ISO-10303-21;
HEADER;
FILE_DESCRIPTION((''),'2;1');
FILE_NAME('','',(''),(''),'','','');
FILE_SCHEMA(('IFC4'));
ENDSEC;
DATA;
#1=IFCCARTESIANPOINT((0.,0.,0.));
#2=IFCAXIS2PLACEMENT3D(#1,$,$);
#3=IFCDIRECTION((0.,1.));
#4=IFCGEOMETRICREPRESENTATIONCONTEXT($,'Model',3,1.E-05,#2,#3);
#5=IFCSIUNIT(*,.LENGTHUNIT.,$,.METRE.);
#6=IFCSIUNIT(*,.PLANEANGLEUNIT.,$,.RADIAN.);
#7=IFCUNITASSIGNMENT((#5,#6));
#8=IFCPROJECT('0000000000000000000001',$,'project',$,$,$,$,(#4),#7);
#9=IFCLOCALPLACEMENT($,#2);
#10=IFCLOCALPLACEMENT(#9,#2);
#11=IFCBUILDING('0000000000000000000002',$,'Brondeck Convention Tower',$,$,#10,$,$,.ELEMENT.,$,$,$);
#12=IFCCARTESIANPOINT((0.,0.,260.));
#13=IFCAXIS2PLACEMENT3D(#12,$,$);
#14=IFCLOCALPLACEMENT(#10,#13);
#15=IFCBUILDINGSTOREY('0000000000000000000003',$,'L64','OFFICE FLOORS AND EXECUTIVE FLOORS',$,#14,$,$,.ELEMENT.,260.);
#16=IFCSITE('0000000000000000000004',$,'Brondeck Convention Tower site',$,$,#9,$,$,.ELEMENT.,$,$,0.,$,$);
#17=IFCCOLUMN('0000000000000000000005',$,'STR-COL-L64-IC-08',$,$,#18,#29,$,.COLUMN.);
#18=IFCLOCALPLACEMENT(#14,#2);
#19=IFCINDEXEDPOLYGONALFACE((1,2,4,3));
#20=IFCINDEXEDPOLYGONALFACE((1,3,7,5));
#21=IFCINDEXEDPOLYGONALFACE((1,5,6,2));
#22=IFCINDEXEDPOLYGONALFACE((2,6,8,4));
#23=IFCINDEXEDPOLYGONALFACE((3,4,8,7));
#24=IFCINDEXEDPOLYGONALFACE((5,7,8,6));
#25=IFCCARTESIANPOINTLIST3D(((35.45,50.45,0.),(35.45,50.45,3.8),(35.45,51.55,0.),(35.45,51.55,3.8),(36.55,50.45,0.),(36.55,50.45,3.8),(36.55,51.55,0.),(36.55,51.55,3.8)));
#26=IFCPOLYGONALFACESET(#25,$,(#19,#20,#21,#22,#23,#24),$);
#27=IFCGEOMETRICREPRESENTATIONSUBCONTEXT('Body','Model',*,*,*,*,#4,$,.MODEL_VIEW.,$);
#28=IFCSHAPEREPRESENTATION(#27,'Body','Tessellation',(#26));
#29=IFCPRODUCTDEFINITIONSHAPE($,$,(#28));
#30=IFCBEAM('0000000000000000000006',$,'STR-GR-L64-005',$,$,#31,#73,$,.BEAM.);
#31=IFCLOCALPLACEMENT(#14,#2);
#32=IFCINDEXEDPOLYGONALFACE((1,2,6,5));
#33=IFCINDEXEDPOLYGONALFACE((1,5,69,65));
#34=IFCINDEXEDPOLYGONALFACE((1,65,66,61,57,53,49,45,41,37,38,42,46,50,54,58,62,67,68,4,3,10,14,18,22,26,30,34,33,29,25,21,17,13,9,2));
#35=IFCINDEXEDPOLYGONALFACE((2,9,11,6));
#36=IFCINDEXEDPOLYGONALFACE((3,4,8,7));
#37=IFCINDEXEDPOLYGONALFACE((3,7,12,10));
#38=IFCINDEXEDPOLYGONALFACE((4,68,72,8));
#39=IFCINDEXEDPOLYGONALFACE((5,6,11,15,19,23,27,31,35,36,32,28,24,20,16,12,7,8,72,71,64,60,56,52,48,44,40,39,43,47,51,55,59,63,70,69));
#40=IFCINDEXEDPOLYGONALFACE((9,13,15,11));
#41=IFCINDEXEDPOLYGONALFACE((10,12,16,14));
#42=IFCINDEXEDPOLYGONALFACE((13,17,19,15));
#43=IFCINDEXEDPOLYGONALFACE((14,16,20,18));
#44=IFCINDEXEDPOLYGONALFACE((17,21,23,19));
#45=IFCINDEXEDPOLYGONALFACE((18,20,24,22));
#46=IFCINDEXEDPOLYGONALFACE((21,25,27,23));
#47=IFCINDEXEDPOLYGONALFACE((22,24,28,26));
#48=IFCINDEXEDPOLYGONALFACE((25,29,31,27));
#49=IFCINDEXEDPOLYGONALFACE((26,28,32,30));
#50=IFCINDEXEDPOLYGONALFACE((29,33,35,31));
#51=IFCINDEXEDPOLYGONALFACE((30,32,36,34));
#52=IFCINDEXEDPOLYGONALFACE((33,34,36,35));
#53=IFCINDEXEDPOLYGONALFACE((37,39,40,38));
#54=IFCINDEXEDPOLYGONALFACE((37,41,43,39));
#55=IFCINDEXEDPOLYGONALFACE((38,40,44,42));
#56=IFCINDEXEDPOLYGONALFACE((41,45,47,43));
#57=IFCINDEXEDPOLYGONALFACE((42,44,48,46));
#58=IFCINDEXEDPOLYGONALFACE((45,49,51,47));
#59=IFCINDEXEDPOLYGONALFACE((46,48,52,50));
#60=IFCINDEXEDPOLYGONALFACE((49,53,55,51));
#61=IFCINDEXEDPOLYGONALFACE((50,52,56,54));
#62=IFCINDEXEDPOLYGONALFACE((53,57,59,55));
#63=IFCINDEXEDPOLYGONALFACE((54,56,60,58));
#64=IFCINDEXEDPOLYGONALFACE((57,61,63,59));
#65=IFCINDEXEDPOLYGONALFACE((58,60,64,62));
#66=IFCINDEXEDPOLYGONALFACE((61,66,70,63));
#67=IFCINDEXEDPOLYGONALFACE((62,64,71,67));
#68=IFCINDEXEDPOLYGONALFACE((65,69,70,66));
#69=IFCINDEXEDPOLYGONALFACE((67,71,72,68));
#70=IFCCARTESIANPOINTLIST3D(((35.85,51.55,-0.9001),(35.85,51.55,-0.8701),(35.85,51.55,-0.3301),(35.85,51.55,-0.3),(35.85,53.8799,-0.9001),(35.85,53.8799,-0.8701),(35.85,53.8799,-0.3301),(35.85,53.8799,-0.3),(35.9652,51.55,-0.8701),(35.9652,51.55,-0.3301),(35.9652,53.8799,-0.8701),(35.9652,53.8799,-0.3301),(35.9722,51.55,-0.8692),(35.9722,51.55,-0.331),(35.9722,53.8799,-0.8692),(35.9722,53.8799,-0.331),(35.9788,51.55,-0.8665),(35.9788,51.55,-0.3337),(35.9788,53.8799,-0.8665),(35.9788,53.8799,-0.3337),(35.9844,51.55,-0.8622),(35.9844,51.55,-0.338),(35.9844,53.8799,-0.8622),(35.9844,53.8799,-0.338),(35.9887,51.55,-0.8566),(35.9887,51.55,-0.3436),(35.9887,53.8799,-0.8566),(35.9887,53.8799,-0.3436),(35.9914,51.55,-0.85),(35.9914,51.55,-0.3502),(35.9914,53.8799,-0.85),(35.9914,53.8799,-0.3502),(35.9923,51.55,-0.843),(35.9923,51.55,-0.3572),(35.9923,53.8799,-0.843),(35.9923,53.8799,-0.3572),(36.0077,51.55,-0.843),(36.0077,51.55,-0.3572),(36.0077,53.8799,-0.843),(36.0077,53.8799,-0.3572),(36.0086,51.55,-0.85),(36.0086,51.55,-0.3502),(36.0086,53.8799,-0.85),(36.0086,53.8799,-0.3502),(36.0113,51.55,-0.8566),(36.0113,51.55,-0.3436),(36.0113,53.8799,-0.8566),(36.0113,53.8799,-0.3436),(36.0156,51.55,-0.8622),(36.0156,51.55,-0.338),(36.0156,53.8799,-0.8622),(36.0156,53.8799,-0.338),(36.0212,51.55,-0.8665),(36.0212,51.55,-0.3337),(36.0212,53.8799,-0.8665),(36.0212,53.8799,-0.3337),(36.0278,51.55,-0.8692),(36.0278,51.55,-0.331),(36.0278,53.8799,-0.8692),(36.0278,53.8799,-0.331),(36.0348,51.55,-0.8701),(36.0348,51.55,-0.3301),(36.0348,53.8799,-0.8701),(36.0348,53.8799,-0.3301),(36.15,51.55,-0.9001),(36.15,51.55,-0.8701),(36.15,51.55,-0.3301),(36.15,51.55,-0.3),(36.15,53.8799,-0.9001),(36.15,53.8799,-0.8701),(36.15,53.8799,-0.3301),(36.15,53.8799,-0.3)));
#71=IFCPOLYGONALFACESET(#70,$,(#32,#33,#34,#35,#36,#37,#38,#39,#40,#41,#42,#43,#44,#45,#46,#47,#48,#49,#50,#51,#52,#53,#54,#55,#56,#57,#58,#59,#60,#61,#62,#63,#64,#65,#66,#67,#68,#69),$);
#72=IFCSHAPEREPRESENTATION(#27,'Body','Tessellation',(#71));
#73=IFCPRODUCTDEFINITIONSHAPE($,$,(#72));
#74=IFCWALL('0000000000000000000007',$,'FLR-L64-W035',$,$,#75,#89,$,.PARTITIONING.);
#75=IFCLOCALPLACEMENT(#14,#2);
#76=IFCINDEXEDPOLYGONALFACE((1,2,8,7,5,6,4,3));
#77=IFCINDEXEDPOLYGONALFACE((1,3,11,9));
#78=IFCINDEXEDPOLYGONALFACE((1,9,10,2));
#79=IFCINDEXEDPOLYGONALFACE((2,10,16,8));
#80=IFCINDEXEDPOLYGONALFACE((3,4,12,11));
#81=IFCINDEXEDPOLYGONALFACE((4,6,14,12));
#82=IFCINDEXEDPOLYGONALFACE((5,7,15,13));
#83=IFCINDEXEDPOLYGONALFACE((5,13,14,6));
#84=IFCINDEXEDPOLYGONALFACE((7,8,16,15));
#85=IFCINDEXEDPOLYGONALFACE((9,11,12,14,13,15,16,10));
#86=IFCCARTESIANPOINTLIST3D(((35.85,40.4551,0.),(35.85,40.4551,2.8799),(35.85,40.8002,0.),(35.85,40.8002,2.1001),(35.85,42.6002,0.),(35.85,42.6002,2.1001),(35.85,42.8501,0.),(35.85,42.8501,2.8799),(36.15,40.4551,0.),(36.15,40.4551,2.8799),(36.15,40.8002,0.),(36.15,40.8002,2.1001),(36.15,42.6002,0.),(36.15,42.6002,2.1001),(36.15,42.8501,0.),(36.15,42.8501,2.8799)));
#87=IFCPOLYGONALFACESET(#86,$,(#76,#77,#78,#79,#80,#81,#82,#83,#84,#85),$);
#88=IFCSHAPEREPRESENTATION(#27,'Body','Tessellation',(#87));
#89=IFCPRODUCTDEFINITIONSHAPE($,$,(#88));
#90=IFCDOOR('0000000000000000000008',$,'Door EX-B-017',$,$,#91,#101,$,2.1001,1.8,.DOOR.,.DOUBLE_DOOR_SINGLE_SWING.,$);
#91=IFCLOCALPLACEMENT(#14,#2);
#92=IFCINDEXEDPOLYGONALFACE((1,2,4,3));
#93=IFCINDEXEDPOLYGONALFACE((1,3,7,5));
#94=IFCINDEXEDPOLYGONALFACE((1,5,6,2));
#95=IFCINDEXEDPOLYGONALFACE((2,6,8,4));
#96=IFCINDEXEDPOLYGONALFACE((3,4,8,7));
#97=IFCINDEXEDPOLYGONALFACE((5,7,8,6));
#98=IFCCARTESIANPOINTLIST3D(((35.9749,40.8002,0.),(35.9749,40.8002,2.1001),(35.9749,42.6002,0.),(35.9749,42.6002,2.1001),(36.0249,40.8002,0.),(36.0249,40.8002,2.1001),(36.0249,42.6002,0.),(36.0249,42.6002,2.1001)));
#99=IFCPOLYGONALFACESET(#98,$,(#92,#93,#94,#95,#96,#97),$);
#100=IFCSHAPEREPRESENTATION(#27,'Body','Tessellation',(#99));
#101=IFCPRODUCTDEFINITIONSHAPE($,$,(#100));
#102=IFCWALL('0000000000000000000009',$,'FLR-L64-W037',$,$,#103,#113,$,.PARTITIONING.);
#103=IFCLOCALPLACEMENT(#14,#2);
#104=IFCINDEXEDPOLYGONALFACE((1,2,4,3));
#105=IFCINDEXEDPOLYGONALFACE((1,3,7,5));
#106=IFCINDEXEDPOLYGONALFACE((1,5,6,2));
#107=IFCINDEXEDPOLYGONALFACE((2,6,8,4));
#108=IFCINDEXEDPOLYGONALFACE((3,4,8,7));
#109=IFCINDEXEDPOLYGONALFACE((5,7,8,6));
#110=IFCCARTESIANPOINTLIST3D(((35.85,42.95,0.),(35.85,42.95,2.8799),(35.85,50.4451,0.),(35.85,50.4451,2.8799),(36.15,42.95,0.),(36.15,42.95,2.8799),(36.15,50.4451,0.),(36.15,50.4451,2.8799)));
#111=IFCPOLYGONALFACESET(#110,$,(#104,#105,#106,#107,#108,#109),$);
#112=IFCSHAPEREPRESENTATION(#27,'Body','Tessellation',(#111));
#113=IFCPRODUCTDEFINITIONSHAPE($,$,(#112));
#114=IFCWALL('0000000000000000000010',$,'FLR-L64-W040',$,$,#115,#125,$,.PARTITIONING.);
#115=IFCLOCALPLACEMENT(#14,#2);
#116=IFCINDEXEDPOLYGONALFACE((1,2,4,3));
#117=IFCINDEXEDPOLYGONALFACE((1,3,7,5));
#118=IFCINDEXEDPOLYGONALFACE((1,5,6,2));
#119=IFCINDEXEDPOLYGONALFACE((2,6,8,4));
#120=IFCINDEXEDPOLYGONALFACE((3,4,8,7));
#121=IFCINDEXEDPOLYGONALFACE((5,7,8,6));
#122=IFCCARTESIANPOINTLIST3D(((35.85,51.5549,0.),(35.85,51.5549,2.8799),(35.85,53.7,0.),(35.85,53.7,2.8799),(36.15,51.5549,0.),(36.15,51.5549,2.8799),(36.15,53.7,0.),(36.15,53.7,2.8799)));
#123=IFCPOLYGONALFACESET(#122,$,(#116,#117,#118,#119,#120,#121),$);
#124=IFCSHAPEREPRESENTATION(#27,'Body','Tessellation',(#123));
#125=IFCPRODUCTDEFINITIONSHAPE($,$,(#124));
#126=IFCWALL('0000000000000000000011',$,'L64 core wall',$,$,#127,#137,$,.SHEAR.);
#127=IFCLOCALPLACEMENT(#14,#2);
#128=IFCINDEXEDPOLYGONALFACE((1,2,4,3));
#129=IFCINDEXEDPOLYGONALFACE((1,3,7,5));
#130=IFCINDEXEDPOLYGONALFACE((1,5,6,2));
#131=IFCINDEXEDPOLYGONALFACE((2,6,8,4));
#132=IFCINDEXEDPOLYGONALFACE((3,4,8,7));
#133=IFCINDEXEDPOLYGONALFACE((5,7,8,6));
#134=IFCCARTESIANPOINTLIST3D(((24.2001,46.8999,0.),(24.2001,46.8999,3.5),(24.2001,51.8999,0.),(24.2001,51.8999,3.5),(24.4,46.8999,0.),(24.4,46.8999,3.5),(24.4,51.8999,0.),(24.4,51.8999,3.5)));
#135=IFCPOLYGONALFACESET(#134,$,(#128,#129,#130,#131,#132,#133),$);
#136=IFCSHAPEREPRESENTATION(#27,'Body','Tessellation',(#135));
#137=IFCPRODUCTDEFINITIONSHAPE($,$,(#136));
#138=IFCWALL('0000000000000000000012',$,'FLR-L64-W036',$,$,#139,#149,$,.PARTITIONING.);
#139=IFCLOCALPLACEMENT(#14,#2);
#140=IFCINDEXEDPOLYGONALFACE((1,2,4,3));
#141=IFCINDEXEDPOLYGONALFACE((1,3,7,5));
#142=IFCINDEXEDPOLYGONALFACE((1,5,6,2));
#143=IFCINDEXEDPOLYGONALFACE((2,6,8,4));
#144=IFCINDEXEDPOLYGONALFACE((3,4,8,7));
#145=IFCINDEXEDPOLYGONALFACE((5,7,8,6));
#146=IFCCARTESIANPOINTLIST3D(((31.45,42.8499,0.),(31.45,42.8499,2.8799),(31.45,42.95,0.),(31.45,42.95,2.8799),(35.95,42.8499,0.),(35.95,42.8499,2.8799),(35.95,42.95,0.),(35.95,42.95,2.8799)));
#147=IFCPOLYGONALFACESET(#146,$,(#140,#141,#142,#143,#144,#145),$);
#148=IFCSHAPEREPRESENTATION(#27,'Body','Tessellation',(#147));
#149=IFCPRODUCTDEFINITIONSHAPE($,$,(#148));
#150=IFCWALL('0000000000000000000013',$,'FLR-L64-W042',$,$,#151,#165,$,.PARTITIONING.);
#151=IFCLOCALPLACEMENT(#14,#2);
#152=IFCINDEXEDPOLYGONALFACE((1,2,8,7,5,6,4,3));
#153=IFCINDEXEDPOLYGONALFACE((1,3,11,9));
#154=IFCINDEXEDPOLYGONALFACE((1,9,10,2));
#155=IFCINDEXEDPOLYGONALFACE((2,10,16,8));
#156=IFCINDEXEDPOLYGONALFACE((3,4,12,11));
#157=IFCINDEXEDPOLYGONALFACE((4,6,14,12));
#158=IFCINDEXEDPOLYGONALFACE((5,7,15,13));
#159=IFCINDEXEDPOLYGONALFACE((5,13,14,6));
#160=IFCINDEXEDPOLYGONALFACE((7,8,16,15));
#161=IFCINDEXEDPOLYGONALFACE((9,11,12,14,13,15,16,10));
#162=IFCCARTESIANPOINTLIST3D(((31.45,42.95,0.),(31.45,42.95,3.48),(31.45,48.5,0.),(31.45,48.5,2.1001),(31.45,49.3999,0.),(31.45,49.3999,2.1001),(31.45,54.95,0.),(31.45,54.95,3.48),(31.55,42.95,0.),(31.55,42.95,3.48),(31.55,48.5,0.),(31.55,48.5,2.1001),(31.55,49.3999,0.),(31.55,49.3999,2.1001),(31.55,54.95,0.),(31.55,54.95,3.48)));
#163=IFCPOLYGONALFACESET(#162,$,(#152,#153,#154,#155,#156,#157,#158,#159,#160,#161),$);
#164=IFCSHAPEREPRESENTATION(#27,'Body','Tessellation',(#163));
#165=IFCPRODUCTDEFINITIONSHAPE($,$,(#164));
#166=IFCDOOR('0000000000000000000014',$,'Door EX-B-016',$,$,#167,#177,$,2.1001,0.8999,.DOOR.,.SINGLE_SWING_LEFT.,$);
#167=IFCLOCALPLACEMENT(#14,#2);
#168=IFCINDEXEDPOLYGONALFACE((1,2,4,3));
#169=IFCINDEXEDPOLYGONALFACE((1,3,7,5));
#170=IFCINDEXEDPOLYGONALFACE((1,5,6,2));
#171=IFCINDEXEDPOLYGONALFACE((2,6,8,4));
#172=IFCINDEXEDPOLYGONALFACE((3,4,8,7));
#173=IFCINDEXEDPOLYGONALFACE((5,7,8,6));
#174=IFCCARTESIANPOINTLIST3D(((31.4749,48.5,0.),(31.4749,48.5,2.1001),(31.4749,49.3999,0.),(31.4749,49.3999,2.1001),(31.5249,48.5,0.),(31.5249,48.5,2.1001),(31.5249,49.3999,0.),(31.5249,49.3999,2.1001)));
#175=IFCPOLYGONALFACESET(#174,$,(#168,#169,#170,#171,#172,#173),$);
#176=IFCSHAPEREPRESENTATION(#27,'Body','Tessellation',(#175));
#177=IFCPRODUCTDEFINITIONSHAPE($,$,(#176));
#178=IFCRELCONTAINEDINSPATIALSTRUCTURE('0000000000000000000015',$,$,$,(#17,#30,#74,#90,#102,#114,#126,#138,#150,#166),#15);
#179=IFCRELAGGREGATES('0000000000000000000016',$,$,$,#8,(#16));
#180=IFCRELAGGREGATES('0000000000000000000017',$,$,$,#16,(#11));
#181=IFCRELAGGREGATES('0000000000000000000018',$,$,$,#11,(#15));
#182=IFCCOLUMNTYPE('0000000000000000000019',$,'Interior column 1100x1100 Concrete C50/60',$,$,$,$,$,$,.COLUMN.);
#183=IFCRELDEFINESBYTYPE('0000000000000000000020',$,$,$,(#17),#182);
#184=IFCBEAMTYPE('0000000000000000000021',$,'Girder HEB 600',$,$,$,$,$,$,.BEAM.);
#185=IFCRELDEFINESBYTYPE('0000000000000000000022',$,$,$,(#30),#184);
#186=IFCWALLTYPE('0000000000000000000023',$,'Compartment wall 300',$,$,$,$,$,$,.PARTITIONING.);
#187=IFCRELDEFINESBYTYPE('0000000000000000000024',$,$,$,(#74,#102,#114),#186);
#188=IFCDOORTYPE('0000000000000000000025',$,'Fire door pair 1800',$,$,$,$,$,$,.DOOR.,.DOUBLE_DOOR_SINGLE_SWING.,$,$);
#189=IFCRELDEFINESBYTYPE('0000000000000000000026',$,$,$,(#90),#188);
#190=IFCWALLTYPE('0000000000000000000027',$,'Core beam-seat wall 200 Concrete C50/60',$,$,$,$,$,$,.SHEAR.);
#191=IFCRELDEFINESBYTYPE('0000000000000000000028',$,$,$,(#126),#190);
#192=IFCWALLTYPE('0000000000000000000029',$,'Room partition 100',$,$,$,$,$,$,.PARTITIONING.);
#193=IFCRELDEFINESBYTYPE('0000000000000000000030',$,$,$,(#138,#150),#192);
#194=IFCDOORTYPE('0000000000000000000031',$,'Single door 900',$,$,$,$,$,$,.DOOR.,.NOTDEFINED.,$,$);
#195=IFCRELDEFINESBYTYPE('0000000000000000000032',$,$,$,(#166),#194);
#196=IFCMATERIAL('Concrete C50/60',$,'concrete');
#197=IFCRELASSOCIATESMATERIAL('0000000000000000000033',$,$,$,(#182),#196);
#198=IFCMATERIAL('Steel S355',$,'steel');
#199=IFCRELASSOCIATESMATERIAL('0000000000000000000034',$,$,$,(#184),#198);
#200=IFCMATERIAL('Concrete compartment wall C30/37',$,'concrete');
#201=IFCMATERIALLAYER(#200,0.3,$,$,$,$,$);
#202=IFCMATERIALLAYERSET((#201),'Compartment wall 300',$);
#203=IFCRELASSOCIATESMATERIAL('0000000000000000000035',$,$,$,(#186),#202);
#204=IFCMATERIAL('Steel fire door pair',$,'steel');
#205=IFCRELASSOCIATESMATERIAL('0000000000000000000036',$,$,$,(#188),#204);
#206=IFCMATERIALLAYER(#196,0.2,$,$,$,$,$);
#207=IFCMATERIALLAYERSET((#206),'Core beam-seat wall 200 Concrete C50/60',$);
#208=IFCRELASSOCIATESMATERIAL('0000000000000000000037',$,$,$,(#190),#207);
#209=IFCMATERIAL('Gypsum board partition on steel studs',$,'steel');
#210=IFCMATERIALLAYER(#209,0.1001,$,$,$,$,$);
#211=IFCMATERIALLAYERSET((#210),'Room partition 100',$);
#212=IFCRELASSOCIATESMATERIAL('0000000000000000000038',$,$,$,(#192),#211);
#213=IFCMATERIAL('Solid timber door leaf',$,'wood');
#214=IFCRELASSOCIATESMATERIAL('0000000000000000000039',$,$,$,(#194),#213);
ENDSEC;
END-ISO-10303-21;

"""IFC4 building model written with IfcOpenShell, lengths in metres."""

from ifc_helpers import new_model, si_unit, direction, frame, frame_2d, origin, origin_2d, place, context, subcontext, project, spatial, rectangle, i_section, extrude, material, layer, layer_set, material_profile, profile_set, type_object, element, fill, save


model = new_model("IFC4")

# Units and contexts
model_context = context("Model", 3, precision=1e-05, world=origin(), true_north=direction((0.0, 1.0)))
body_context = subcontext(model_context, "Body", "Model", "MODEL_VIEW")
ifc_project = project(units=[si_unit("LENGTHUNIT", "METRE"), si_unit("PLANEANGLEUNIT", "RADIAN")], contexts=[model_context])

# Site, building, storey
site_placement = place(None, origin())
site = spatial("IfcSite", under=ifc_project, at=site_placement, Name="Brondeck Convention Tower site", CompositionType="ELEMENT", RefElevation=0.0)
building_placement = place(site_placement, origin())
building = spatial("IfcBuilding", under=site, at=building_placement, Name="Brondeck Convention Tower", CompositionType="ELEMENT")
storey_placement = place(building_placement, frame((0.0, 0.0, 260.0)))
storey = spatial("IfcBuildingStorey", under=building, at=storey_placement, Name="L64", Description="OFFICE FLOORS AND EXECUTIVE FLOORS", CompositionType="ELEMENT", Elevation=260.0)

# Column
ifc_material_1 = material(Name="Concrete C50/60", Category="concrete")
ifc_material_profile_1 = material_profile(ifc_material_1, rectangle(XDim=1.1001, YDim=1.1001, at=origin_2d()), Name="Interior column 1100x1100 Concrete C50/60")
ifc_profile_set_1 = profile_set([ifc_material_profile_1], Name="Concrete C50/60")
column_type = type_object("IfcColumnType", Name="Interior column 1100x1100 Concrete C50/60", PredefinedType="COLUMN", material=ifc_profile_set_1)
column_placement = place(storey_placement, frame((36.0, 51.0, 0.0), z_axis=(0.0, 0.0, 1.0), x_axis=(1.0, 0.0, 0.0)))
element("IfcColumn", 1, at=column_placement, inside=storey, type_object=column_type, Name="STR-COL-L64-IC-08", PredefinedType="COLUMN", context=body_context, shape_type="SweptSolid", body=[
    extrude(rectangle(XDim=1.1001, YDim=1.1001, at=origin_2d()), origin(), (0.0, 0.0, 1.0), 3.8),
])

# Beam
ifc_material_2 = material(Name="Steel S355", Category="steel")
ifc_material_profile_2 = material_profile(ifc_material_2, i_section(OverallWidth=0.3, OverallDepth=0.6001, WebThickness=0.0154, FlangeThickness=0.03, FilletRadius=0.0271, at=origin_2d()), Name="HEB 600")
ifc_profile_set_2 = profile_set([ifc_material_profile_2], Name="Steel S355")
beam_type = type_object("IfcBeamType", Name="Girder HEB 600", PredefinedType="BEAM", material=ifc_profile_set_2)
beam_placement = place(storey_placement, frame((36.0, 51.55, -0.6001), z_axis=(0.0, 1.0, 0.0), x_axis=(-1.0, 0.0, 0.0)))
element("IfcBeam", 2, at=beam_placement, inside=storey, type_object=beam_type, Name="STR-GR-L64-005", PredefinedType="BEAM", context=body_context, shape_type="SweptSolid", body=[
    extrude(i_section(OverallWidth=0.3, OverallDepth=0.6001, WebThickness=0.0154, FlangeThickness=0.03, FilletRadius=0.0271, at=origin_2d()), origin(), (0.0, 0.0, 1.0), 2.3298),
])

# Wall, opening, door
ifc_material_3 = material(Name="Concrete compartment wall C30/37", Category="concrete")
ifc_layer_1 = layer(ifc_material_3, 0.3)
ifc_layer_set_1 = layer_set([ifc_layer_1], Name="Compartment wall 300")
wall_type_1 = type_object("IfcWallType", Name="Compartment wall 300", PredefinedType="PARTITIONING", material=ifc_layer_set_1)
wall_1_placement = place(storey_placement, frame((36.0, 42.8501, 0.0), z_axis=(0.0, 0.0, 1.0), x_axis=(0.0, -1.0, 0.0)))
wall_1 = element("IfcWall", 3, at=wall_1_placement, inside=storey, type_object=wall_type_1, Name="FLR-L64-W035", PredefinedType="PARTITIONING", context=body_context, shape_type="SweptSolid", body=[
    extrude(rectangle(XDim=2.395, YDim=0.3, at=frame_2d((1.1975, 0.0))), origin(), (0.0, 0.0, 1.0), 2.8799),
])
opening_1_placement = place(wall_1_placement, frame((0.25, 0.0, 0.0)))
opening_1 = element("IfcOpeningElement", 4, at=opening_1_placement, cuts=wall_1, PredefinedType="OPENING", context=body_context, shape_type="SweptSolid", body=[
    extrude(rectangle(XDim=1.8, YDim=2.1001, at=frame_2d((0.8999, 1.05))), frame((0.0, 0.1599, 0.0), z_axis=(0.0, -1.0, 0.0), x_axis=(1.0, 0.0, 0.0)), (0.0, 0.0, 1.0), 0.3201),
])
ifc_material_4 = material(Name="Steel fire door pair", Category="steel")
door_type_1 = type_object("IfcDoorType", Name="Fire door pair 1800", OperationType="DOUBLE_DOOR_SINGLE_SWING", PredefinedType="DOOR", material=ifc_material_4)
door_1_placement = place(opening_1_placement, origin())
door_1 = element("IfcDoor", 5, at=door_1_placement, inside=storey, type_object=door_type_1, Name="Door EX-B-017", OperationType="DOUBLE_DOOR_SINGLE_SWING", OverallHeight=2.1001, OverallWidth=1.8, PredefinedType="DOOR", context=body_context, shape_type="SweptSolid", body=[
    extrude(rectangle(XDim=1.8, YDim=2.1001, at=frame_2d((0.8999, 1.05))), frame((0.0, 0.0249, 0.0), z_axis=(0.0, -1.0, 0.0), x_axis=(1.0, 0.0, 0.0)), (0.0, 0.0, 1.0), 0.05),
])
fill(opening_1, door_1)

# Walls
wall_2_placement = place(storey_placement, frame((36.0, 42.95, 0.0), z_axis=(0.0, 0.0, 1.0), x_axis=(0.0, 1.0, 0.0)))
element("IfcWall", 6, at=wall_2_placement, inside=storey, type_object=wall_type_1, Name="FLR-L64-W037", PredefinedType="PARTITIONING", context=body_context, shape_type="SweptSolid", body=[
    extrude(rectangle(XDim=7.4951, YDim=0.3, at=frame_2d((3.7476, 0.0))), origin(), (0.0, 0.0, 1.0), 2.8799),
])
wall_3_placement = place(storey_placement, frame((36.0, 51.5549, 0.0), z_axis=(0.0, 0.0, 1.0), x_axis=(0.0, 1.0, 0.0)))
element("IfcWall", 7, at=wall_3_placement, inside=storey, type_object=wall_type_1, Name="FLR-L64-W040", PredefinedType="PARTITIONING", context=body_context, shape_type="SweptSolid", body=[
    extrude(rectangle(XDim=2.145, YDim=0.3, at=frame_2d((1.0725, 0.0))), origin(), (0.0, 0.0, 1.0), 2.8799),
])
ifc_layer_2 = layer(ifc_material_1, 0.2)
ifc_layer_set_2 = layer_set([ifc_layer_2], Name="Core beam-seat wall 200 Concrete C50/60")
wall_type_2 = type_object("IfcWallType", Name="Core beam-seat wall 200 Concrete C50/60", PredefinedType="SHEAR", material=ifc_layer_set_2)
wall_4_placement = place(storey_placement, frame((24.3, 46.8999, 0.0), z_axis=(0.0, 0.0, 1.0), x_axis=(0.0, 1.0, 0.0)))
element("IfcWall", 8, at=wall_4_placement, inside=storey, type_object=wall_type_2, Name="L64 core wall", PredefinedType="SHEAR", context=body_context, shape_type="SweptSolid", body=[
    extrude(rectangle(XDim=5.0, YDim=0.2, at=frame_2d((2.5, 0.0))), origin(), (0.0, 0.0, 1.0), 3.5),
])
ifc_material_5 = material(Name="Gypsum board partition on steel studs", Category="steel")
ifc_layer_3 = layer(ifc_material_5, 0.1001)
ifc_layer_set_3 = layer_set([ifc_layer_3], Name="Room partition 100")
wall_type_3 = type_object("IfcWallType", Name="Room partition 100", PredefinedType="PARTITIONING", material=ifc_layer_set_3)
wall_5_placement = place(storey_placement, frame((31.45, 42.8999, 0.0), z_axis=(0.0, 0.0, 1.0), x_axis=(1.0, 0.0, 0.0)))
element("IfcWall", 9, at=wall_5_placement, inside=storey, type_object=wall_type_3, Name="FLR-L64-W036", PredefinedType="PARTITIONING", context=body_context, shape_type="SweptSolid", body=[
    extrude(rectangle(XDim=4.5, YDim=0.1001, at=frame_2d((2.25, 0.0))), origin(), (0.0, 0.0, 1.0), 2.8799),
])

# Wall, opening, door
wall_6_placement = place(storey_placement, frame((31.5, 54.95, 0.0), z_axis=(0.0, 0.0, 1.0), x_axis=(0.0, -1.0, 0.0)))
wall_6 = element("IfcWall", 10, at=wall_6_placement, inside=storey, type_object=wall_type_3, Name="FLR-L64-W042", PredefinedType="PARTITIONING", context=body_context, shape_type="SweptSolid", body=[
    extrude(rectangle(XDim=12.0, YDim=0.1001, at=frame_2d((6.0, 0.0))), origin(), (0.0, 0.0, 1.0), 3.48),
])
opening_2_placement = place(wall_6_placement, frame((5.55, 0.0, 0.0)))
opening_2 = element("IfcOpeningElement", 11, at=opening_2_placement, cuts=wall_6, PredefinedType="OPENING", context=body_context, shape_type="SweptSolid", body=[
    extrude(rectangle(XDim=0.8999, YDim=2.1001, at=frame_2d((0.45, 1.05))), frame((0.0, 0.0601, 0.0), z_axis=(0.0, -1.0, 0.0), x_axis=(1.0, 0.0, 0.0)), (0.0, 0.0, 1.0), 0.1201),
])
ifc_material_6 = material(Name="Solid timber door leaf", Category="wood")
door_type_2 = type_object("IfcDoorType", Name="Single door 900", OperationType="NOTDEFINED", PredefinedType="DOOR", material=ifc_material_6)
door_2_placement = place(opening_2_placement, origin())
door_2 = element("IfcDoor", 12, at=door_2_placement, inside=storey, type_object=door_type_2, Name="Door EX-B-016", OperationType="SINGLE_SWING_LEFT", OverallHeight=2.1001, OverallWidth=0.8999, PredefinedType="DOOR", context=body_context, shape_type="SweptSolid", body=[
    extrude(rectangle(XDim=0.8999, YDim=2.1001, at=frame_2d((0.45, 1.05))), frame((0.0, 0.0249, 0.0), z_axis=(0.0, -1.0, 0.0), x_axis=(1.0, 0.0, 0.0)), (0.0, 0.0, 1.0), 0.05),
])
fill(opening_2, door_2)

save(model, "model.ifc")
